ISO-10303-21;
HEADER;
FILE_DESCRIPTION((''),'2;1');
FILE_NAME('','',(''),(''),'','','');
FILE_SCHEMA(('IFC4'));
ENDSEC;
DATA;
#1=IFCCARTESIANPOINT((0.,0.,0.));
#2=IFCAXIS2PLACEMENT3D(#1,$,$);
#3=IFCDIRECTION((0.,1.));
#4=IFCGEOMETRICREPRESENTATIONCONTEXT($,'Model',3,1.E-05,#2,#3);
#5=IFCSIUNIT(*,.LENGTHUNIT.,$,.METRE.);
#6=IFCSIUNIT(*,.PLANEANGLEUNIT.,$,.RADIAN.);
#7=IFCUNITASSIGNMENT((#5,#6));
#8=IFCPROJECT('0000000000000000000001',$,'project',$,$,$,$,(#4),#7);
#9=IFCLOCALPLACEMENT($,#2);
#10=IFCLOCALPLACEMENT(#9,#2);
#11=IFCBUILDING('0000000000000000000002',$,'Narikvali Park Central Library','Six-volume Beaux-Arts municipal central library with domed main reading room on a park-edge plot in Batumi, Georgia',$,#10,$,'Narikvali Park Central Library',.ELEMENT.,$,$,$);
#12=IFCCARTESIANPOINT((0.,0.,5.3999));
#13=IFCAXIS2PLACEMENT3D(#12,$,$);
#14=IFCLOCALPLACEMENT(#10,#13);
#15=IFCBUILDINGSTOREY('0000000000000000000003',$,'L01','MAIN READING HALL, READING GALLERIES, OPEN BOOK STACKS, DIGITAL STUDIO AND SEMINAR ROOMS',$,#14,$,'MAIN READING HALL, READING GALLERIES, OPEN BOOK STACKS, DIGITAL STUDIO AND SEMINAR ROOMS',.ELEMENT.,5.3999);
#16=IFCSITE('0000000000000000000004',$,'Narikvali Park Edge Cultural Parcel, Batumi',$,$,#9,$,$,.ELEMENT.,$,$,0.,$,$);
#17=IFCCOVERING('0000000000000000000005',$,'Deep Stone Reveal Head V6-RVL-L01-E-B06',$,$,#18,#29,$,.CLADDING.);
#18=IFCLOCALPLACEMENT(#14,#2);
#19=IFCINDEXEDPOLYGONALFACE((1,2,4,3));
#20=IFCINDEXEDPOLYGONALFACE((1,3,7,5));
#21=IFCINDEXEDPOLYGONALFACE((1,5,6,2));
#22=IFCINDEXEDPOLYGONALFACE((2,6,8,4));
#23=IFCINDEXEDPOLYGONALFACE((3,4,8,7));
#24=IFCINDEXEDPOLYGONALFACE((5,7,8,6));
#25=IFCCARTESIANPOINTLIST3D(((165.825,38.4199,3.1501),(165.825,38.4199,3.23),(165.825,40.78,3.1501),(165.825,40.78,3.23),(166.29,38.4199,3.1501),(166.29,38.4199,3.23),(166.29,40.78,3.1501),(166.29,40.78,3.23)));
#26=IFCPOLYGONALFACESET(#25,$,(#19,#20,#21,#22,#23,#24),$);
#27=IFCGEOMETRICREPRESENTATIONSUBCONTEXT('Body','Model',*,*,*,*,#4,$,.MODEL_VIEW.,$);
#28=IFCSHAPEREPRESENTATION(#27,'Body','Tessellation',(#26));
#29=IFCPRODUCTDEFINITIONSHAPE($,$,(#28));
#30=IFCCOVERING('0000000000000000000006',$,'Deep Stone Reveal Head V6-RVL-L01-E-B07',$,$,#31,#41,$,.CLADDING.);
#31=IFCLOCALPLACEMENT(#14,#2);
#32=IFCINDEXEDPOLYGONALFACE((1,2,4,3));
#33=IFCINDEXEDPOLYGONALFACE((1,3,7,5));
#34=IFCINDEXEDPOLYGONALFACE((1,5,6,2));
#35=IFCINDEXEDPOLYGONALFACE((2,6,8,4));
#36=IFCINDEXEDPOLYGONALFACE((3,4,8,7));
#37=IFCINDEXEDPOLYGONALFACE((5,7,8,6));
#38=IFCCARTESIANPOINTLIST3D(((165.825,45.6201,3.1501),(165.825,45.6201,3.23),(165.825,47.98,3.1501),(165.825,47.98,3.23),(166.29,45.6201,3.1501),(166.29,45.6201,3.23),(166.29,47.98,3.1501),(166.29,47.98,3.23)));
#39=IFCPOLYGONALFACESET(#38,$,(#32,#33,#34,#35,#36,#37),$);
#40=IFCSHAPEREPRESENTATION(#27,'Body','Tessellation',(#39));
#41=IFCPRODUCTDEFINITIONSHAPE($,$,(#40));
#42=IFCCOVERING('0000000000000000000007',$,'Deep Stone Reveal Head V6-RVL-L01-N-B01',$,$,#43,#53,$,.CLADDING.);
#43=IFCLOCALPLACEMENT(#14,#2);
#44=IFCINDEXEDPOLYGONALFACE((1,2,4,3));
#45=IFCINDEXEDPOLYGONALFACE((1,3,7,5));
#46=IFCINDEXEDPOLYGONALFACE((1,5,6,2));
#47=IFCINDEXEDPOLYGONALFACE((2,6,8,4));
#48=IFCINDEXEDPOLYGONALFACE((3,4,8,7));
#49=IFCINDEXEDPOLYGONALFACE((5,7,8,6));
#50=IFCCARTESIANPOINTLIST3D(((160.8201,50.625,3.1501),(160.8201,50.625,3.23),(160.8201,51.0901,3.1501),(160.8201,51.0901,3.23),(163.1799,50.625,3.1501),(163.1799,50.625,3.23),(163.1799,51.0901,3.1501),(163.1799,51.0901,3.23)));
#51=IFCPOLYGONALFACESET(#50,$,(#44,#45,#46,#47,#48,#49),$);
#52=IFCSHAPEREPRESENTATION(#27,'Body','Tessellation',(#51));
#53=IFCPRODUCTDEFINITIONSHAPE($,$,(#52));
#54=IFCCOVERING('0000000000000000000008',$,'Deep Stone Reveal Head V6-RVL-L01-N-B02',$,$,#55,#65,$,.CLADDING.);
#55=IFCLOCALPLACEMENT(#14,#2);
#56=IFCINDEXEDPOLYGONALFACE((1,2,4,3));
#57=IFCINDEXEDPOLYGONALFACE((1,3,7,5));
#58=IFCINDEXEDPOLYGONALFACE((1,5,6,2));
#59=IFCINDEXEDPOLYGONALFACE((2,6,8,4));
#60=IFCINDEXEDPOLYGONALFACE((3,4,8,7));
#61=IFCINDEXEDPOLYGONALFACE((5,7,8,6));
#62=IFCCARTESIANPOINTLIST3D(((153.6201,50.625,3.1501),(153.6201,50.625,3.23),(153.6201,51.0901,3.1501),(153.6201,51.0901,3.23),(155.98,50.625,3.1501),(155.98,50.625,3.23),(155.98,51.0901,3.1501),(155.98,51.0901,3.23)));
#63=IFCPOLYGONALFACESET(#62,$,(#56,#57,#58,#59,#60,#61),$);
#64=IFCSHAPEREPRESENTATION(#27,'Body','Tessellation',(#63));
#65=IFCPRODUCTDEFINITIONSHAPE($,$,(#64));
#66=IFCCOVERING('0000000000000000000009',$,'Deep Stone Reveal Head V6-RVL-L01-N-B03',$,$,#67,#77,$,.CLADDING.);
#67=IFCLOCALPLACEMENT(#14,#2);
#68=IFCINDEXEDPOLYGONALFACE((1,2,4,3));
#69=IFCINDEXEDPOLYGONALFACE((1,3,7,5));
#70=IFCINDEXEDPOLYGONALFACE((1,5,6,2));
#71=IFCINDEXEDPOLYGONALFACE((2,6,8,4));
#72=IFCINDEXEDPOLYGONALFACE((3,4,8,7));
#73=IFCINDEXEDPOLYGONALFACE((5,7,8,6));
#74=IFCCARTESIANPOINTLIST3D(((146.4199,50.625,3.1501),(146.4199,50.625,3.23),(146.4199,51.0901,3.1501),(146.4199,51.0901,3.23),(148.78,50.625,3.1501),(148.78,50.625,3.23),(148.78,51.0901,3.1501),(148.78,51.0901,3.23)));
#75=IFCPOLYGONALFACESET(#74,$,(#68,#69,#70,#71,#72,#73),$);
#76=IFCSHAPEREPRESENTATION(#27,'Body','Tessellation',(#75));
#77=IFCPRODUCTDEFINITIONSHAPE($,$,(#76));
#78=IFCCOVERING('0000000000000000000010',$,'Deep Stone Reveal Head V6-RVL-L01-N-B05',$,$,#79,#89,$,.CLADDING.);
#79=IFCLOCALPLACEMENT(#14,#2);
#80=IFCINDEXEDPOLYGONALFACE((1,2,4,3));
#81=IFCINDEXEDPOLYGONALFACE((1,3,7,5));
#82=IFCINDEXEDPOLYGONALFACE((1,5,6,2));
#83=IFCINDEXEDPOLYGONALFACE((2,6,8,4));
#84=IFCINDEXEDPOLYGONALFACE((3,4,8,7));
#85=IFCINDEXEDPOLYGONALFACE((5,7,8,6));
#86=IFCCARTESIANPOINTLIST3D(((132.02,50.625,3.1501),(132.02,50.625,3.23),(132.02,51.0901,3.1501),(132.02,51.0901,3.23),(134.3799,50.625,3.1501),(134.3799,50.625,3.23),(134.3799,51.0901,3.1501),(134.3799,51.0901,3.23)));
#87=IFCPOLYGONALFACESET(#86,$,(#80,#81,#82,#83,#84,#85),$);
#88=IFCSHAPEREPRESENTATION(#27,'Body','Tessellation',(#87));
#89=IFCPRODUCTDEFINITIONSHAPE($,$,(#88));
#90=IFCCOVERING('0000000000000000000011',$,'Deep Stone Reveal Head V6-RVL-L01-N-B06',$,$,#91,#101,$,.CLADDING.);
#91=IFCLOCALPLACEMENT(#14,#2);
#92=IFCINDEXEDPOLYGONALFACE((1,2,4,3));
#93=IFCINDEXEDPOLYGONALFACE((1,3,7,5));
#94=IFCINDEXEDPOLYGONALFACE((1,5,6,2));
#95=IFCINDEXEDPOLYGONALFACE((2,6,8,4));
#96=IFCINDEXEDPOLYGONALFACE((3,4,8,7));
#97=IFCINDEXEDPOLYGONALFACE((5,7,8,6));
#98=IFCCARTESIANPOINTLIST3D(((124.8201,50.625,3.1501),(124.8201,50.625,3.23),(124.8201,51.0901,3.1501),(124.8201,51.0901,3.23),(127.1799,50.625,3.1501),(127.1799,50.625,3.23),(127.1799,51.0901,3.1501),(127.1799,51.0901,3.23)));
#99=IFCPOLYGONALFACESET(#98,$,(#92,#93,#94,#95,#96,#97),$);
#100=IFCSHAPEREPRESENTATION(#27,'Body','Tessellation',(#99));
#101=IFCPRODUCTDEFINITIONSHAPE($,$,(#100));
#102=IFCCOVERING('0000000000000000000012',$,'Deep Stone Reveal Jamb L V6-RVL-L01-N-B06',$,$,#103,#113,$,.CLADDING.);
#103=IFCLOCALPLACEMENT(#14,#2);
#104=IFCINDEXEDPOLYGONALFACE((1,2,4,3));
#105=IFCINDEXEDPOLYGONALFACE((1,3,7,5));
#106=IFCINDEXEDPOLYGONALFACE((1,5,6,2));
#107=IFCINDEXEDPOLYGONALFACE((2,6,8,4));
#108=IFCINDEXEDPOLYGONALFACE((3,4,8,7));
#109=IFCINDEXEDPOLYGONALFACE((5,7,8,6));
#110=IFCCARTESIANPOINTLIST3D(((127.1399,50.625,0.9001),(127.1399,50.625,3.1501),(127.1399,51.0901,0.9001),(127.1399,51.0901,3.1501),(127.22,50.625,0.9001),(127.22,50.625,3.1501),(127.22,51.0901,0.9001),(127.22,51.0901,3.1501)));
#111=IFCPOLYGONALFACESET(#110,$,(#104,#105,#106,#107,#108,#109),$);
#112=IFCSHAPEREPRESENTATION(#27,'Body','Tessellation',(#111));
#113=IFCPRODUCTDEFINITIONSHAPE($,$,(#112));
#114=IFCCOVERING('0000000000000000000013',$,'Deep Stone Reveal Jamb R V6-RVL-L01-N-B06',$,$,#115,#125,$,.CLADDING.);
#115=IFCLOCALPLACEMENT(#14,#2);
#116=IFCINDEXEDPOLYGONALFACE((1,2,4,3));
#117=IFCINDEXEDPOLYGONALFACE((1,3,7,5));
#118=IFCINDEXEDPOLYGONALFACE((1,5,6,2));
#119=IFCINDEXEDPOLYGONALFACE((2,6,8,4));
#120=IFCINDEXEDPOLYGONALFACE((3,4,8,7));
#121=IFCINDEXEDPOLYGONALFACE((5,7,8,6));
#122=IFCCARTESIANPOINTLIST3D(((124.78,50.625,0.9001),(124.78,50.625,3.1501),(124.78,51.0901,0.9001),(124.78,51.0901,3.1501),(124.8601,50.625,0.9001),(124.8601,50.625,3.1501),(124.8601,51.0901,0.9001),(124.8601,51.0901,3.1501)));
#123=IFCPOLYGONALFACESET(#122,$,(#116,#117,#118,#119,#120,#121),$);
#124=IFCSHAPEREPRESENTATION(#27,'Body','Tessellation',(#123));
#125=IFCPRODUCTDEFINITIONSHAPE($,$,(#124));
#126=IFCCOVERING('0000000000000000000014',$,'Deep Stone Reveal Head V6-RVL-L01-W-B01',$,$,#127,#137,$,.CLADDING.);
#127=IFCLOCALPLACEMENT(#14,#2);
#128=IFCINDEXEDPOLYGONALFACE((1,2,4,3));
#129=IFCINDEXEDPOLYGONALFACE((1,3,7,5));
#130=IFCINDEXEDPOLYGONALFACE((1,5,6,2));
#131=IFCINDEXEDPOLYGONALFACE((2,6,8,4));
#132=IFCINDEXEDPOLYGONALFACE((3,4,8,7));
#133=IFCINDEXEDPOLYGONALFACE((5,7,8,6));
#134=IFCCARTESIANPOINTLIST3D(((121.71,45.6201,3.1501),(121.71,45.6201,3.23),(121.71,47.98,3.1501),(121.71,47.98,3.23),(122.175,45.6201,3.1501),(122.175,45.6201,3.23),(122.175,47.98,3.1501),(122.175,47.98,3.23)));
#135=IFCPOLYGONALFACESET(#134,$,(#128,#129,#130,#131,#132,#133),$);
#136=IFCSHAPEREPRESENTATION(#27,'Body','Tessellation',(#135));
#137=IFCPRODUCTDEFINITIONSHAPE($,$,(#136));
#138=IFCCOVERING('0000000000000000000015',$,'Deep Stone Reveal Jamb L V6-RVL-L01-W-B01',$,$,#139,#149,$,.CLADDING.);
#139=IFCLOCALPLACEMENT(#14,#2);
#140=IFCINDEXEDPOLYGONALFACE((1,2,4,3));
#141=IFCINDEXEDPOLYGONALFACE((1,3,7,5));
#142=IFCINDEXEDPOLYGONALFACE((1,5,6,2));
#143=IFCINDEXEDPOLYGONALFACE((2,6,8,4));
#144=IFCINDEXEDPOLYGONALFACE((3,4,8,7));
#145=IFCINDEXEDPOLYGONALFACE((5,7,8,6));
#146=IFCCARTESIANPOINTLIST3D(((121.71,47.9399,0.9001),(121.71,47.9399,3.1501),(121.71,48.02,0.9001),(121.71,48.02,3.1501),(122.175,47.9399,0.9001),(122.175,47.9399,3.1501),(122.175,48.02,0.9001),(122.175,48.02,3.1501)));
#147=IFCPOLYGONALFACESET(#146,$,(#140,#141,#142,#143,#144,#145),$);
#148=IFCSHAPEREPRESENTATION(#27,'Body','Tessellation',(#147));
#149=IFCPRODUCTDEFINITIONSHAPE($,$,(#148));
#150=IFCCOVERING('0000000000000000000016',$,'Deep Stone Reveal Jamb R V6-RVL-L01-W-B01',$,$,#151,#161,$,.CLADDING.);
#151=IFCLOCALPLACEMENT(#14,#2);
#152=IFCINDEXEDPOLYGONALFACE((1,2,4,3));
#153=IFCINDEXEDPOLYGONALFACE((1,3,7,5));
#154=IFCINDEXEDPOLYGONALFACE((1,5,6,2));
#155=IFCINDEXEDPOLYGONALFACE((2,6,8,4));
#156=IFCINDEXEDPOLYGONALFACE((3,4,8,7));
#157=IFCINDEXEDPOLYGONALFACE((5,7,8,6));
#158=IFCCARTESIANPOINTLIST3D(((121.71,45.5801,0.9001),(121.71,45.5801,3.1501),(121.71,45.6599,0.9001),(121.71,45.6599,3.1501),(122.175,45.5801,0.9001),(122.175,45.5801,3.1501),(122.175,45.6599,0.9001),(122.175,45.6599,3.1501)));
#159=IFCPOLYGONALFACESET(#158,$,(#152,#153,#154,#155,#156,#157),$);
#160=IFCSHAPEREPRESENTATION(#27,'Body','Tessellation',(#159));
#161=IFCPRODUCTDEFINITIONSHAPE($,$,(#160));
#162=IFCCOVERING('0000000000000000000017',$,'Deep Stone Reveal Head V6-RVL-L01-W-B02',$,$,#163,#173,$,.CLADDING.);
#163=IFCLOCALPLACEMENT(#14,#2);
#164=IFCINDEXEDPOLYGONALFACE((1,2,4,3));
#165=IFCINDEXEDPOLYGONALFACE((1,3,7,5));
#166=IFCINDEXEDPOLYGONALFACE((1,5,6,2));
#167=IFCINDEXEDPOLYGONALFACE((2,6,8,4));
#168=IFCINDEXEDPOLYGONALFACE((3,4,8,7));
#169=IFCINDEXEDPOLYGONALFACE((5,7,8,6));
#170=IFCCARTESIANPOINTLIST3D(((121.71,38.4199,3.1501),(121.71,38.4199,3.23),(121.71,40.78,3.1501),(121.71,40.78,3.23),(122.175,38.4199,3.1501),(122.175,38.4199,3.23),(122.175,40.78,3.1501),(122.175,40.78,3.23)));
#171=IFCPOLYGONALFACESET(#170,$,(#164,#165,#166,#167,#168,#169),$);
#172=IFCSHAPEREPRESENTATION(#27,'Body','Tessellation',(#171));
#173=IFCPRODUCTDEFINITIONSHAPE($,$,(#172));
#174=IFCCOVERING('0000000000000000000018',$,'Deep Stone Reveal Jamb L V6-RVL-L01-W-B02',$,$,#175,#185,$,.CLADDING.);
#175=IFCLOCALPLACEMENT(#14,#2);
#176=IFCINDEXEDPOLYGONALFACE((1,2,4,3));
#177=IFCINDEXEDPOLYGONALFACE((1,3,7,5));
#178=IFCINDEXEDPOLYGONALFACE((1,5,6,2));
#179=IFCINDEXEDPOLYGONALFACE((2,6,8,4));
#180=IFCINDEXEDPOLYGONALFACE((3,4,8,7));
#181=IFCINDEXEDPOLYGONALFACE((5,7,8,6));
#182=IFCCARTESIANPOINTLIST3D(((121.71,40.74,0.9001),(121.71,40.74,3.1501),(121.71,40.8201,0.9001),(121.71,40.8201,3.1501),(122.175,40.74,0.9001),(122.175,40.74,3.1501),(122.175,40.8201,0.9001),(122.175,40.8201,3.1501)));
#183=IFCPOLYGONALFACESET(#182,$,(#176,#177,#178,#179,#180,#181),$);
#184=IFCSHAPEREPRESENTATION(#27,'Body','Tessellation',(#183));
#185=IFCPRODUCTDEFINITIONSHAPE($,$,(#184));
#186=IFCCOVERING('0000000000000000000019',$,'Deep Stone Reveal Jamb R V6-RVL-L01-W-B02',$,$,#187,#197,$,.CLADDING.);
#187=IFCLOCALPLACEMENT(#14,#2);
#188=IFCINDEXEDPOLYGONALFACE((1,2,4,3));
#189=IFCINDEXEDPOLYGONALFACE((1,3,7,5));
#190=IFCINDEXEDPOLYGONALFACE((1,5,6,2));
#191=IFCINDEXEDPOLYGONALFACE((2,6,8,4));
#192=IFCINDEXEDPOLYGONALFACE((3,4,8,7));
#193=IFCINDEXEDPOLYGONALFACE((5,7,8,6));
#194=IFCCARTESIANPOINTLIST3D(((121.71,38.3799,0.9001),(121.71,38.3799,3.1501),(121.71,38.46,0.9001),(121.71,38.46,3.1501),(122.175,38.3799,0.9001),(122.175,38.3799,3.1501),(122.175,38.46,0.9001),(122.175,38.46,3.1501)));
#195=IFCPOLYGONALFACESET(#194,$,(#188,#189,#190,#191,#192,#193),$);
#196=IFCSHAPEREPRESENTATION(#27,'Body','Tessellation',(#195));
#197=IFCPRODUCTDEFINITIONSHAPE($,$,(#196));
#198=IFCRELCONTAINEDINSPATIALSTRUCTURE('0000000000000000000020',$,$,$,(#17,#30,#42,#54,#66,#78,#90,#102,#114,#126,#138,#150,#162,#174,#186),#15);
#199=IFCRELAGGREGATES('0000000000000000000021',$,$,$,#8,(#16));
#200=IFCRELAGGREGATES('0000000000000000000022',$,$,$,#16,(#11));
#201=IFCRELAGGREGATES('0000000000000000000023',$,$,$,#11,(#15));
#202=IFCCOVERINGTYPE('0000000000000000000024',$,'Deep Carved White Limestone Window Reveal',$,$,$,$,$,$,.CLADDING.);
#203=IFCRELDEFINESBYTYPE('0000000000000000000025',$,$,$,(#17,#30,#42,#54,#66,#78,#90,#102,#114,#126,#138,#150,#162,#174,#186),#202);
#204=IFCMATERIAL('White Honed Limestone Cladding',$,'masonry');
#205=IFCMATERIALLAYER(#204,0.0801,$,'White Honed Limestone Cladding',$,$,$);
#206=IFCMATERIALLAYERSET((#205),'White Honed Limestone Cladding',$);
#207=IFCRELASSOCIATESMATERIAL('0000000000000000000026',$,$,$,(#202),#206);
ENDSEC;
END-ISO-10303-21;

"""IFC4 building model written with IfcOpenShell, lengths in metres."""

from ifc_helpers import new_model, si_unit, direction, frame, origin, place, context, subcontext, project, spatial, polyline, outline, extrude, material, layer, layer_set, type_object, element, save


model = new_model("IFC4")

# Units and contexts
model_context = context("Model", 3, precision=1e-05, world=origin(), true_north=direction((0.0, 1.0)))
body_context = subcontext(model_context, "Body", "Model", "MODEL_VIEW")
ifc_project = project(units=[si_unit("LENGTHUNIT", "METRE"), si_unit("PLANEANGLEUNIT", "RADIAN")], contexts=[model_context])

# Site, building, storey
site_placement = place(None, origin())
site = spatial("IfcSite", under=ifc_project, at=site_placement, Name="Narikvali Park Edge Cultural Parcel, Batumi", CompositionType="ELEMENT", RefElevation=0.0)
building_placement = place(site_placement, origin())
building = spatial("IfcBuilding", under=site, at=building_placement, Name="Narikvali Park Central Library", Description="Six-volume Beaux-Arts municipal central library with domed main reading room on a park-edge plot in Batumi, Georgia", LongName="Narikvali Park Central Library", CompositionType="ELEMENT")
storey_placement = place(building_placement, frame((0.0, 0.0, 5.3999)))
storey = spatial("IfcBuildingStorey", under=building, at=storey_placement, Name="L01", Description="MAIN READING HALL, READING GALLERIES, OPEN BOOK STACKS, DIGITAL STUDIO AND SEMINAR ROOMS", LongName="MAIN READING HALL, READING GALLERIES, OPEN BOOK STACKS, DIGITAL STUDIO AND SEMINAR ROOMS", CompositionType="ELEMENT", Elevation=5.3999)

# Coverings
ifc_material = material(Name="White Honed Limestone Cladding", Category="masonry")
ifc_layer = layer(ifc_material, 0.0801, Name="White Honed Limestone Cladding")
ifc_layer_set = layer_set([ifc_layer], Name="White Honed Limestone Cladding")
covering_type = type_object("IfcCoveringType", Name="Deep Carved White Limestone Window Reveal", PredefinedType="CLADDING", material=ifc_layer_set)
covering_1_placement = place(storey_placement, frame((0.0, 0.0, 3.1501)))
element("IfcCovering", 1, at=covering_1_placement, inside=storey, type_object=covering_type, Name="Deep Stone Reveal Head V6-RVL-L01-E-B06", PredefinedType="CLADDING", context=body_context, shape_type="SweptSolid", body=[
    extrude(outline(polyline([(165.825, 38.4199), (165.825, 40.78), (166.29, 40.78), (166.29, 38.4199), (165.825, 38.4199)])), origin(), (0.0, 0.0, 1.0), 0.0798),
])
covering_2_placement = place(storey_placement, frame((0.0, 0.0, 3.1501)))
element("IfcCovering", 2, at=covering_2_placement, inside=storey, type_object=covering_type, Name="Deep Stone Reveal Head V6-RVL-L01-E-B07", PredefinedType="CLADDING", context=body_context, shape_type="SweptSolid", body=[
    extrude(outline(polyline([(165.825, 45.6201), (165.825, 47.98), (166.29, 47.98), (166.29, 45.6201), (165.825, 45.6201)])), origin(), (0.0, 0.0, 1.0), 0.0798),
])
covering_3_placement = place(storey_placement, frame((0.0, 0.0, 3.1501)))
element("IfcCovering", 3, at=covering_3_placement, inside=storey, type_object=covering_type, Name="Deep Stone Reveal Head V6-RVL-L01-N-B01", PredefinedType="CLADDING", context=body_context, shape_type="SweptSolid", body=[
    extrude(outline(polyline([(163.1799, 50.625), (160.8201, 50.625), (160.8201, 51.0901), (163.1799, 51.0901), (163.1799, 50.625)])), origin(), (0.0, 0.0, 1.0), 0.0798),
])
covering_4_placement = place(storey_placement, frame((0.0, 0.0, 3.1501)))
element("IfcCovering", 4, at=covering_4_placement, inside=storey, type_object=covering_type, Name="Deep Stone Reveal Head V6-RVL-L01-N-B02", PredefinedType="CLADDING", context=body_context, shape_type="SweptSolid", body=[
    extrude(outline(polyline([(155.98, 50.625), (153.6201, 50.625), (153.6201, 51.0901), (155.98, 51.0901), (155.98, 50.625)])), origin(), (0.0, 0.0, 1.0), 0.0798),
])
covering_5_placement = place(storey_placement, frame((0.0, 0.0, 3.1501)))
element("IfcCovering", 5, at=covering_5_placement, inside=storey, type_object=covering_type, Name="Deep Stone Reveal Head V6-RVL-L01-N-B03", PredefinedType="CLADDING", context=body_context, shape_type="SweptSolid", body=[
    extrude(outline(polyline([(148.78, 50.625), (146.4199, 50.625), (146.4199, 51.0901), (148.78, 51.0901), (148.78, 50.625)])), origin(), (0.0, 0.0, 1.0), 0.0798),
])
covering_6_placement = place(storey_placement, frame((0.0, 0.0, 3.1501)))
element("IfcCovering", 6, at=covering_6_placement, inside=storey, type_object=covering_type, Name="Deep Stone Reveal Head V6-RVL-L01-N-B05", PredefinedType="CLADDING", context=body_context, shape_type="SweptSolid", body=[
    extrude(outline(polyline([(134.3799, 50.625), (132.02, 50.625), (132.02, 51.0901), (134.3799, 51.0901), (134.3799, 50.625)])), origin(), (0.0, 0.0, 1.0), 0.0798),
])
covering_7_placement = place(storey_placement, frame((0.0, 0.0, 3.1501)))
element("IfcCovering", 7, at=covering_7_placement, inside=storey, type_object=covering_type, Name="Deep Stone Reveal Head V6-RVL-L01-N-B06", PredefinedType="CLADDING", context=body_context, shape_type="SweptSolid", body=[
    extrude(outline(polyline([(127.1799, 50.625), (124.8201, 50.625), (124.8201, 51.0901), (127.1799, 51.0901), (127.1799, 50.625)])), origin(), (0.0, 0.0, 1.0), 0.0798),
])
covering_8_placement = place(storey_placement, frame((0.0, 0.0, 0.9001)))
element("IfcCovering", 8, at=covering_8_placement, inside=storey, type_object=covering_type, Name="Deep Stone Reveal Jamb L V6-RVL-L01-N-B06", PredefinedType="CLADDING", context=body_context, shape_type="SweptSolid", body=[
    extrude(outline(polyline([(127.22, 50.625), (127.1399, 50.625), (127.1399, 51.0901), (127.22, 51.0901), (127.22, 50.625)])), origin(), (0.0, 0.0, 1.0), 2.25),
])
covering_9_placement = place(storey_placement, frame((0.0, 0.0, 0.9001)))
element("IfcCovering", 9, at=covering_9_placement, inside=storey, type_object=covering_type, Name="Deep Stone Reveal Jamb R V6-RVL-L01-N-B06", PredefinedType="CLADDING", context=body_context, shape_type="SweptSolid", body=[
    extrude(outline(polyline([(124.8601, 50.625), (124.78, 50.625), (124.78, 51.0901), (124.8601, 51.0901), (124.8601, 50.625)])), origin(), (0.0, 0.0, 1.0), 2.25),
])
covering_10_placement = place(storey_placement, frame((0.0, 0.0, 3.1501)))
element("IfcCovering", 10, at=covering_10_placement, inside=storey, type_object=covering_type, Name="Deep Stone Reveal Head V6-RVL-L01-W-B01", PredefinedType="CLADDING", context=body_context, shape_type="SweptSolid", body=[
    extrude(outline(polyline([(122.175, 47.98), (122.175, 45.6201), (121.71, 45.6201), (121.71, 47.98), (122.175, 47.98)])), origin(), (0.0, 0.0, 1.0), 0.0798),
])
covering_11_placement = place(storey_placement, frame((0.0, 0.0, 0.9001)))
element("IfcCovering", 11, at=covering_11_placement, inside=storey, type_object=covering_type, Name="Deep Stone Reveal Jamb L V6-RVL-L01-W-B01", PredefinedType="CLADDING", context=body_context, shape_type="SweptSolid", body=[
    extrude(outline(polyline([(122.175, 48.02), (122.175, 47.9399), (121.71, 47.9399), (121.71, 48.02), (122.175, 48.02)])), origin(), (0.0, 0.0, 1.0), 2.25),
])
covering_12_placement = place(storey_placement, frame((0.0, 0.0, 0.9001)))
element("IfcCovering", 12, at=covering_12_placement, inside=storey, type_object=covering_type, Name="Deep Stone Reveal Jamb R V6-RVL-L01-W-B01", PredefinedType="CLADDING", context=body_context, shape_type="SweptSolid", body=[
    extrude(outline(polyline([(122.175, 45.6599), (122.175, 45.5801), (121.71, 45.5801), (121.71, 45.6599), (122.175, 45.6599)])), origin(), (0.0, 0.0, 1.0), 2.25),
])
covering_13_placement = place(storey_placement, frame((0.0, 0.0, 3.1501)))
element("IfcCovering", 13, at=covering_13_placement, inside=storey, type_object=covering_type, Name="Deep Stone Reveal Head V6-RVL-L01-W-B02", PredefinedType="CLADDING", context=body_context, shape_type="SweptSolid", body=[
    extrude(outline(polyline([(122.175, 40.78), (122.175, 38.4199), (121.71, 38.4199), (121.71, 40.78), (122.175, 40.78)])), origin(), (0.0, 0.0, 1.0), 0.0798),
])
covering_14_placement = place(storey_placement, frame((0.0, 0.0, 0.9001)))
element("IfcCovering", 14, at=covering_14_placement, inside=storey, type_object=covering_type, Name="Deep Stone Reveal Jamb L V6-RVL-L01-W-B02", PredefinedType="CLADDING", context=body_context, shape_type="SweptSolid", body=[
    extrude(outline(polyline([(122.175, 40.8201), (122.175, 40.74), (121.71, 40.74), (121.71, 40.8201), (122.175, 40.8201)])), origin(), (0.0, 0.0, 1.0), 2.25),
])
covering_15_placement = place(storey_placement, frame((0.0, 0.0, 0.9001)))
element("IfcCovering", 15, at=covering_15_placement, inside=storey, type_object=covering_type, Name="Deep Stone Reveal Jamb R V6-RVL-L01-W-B02", PredefinedType="CLADDING", context=body_context, shape_type="SweptSolid", body=[
    extrude(outline(polyline([(122.175, 38.46), (122.175, 38.3799), (121.71, 38.3799), (121.71, 38.46), (122.175, 38.46)])), origin(), (0.0, 0.0, 1.0), 2.25),
])

save(model, "model.ifc")
